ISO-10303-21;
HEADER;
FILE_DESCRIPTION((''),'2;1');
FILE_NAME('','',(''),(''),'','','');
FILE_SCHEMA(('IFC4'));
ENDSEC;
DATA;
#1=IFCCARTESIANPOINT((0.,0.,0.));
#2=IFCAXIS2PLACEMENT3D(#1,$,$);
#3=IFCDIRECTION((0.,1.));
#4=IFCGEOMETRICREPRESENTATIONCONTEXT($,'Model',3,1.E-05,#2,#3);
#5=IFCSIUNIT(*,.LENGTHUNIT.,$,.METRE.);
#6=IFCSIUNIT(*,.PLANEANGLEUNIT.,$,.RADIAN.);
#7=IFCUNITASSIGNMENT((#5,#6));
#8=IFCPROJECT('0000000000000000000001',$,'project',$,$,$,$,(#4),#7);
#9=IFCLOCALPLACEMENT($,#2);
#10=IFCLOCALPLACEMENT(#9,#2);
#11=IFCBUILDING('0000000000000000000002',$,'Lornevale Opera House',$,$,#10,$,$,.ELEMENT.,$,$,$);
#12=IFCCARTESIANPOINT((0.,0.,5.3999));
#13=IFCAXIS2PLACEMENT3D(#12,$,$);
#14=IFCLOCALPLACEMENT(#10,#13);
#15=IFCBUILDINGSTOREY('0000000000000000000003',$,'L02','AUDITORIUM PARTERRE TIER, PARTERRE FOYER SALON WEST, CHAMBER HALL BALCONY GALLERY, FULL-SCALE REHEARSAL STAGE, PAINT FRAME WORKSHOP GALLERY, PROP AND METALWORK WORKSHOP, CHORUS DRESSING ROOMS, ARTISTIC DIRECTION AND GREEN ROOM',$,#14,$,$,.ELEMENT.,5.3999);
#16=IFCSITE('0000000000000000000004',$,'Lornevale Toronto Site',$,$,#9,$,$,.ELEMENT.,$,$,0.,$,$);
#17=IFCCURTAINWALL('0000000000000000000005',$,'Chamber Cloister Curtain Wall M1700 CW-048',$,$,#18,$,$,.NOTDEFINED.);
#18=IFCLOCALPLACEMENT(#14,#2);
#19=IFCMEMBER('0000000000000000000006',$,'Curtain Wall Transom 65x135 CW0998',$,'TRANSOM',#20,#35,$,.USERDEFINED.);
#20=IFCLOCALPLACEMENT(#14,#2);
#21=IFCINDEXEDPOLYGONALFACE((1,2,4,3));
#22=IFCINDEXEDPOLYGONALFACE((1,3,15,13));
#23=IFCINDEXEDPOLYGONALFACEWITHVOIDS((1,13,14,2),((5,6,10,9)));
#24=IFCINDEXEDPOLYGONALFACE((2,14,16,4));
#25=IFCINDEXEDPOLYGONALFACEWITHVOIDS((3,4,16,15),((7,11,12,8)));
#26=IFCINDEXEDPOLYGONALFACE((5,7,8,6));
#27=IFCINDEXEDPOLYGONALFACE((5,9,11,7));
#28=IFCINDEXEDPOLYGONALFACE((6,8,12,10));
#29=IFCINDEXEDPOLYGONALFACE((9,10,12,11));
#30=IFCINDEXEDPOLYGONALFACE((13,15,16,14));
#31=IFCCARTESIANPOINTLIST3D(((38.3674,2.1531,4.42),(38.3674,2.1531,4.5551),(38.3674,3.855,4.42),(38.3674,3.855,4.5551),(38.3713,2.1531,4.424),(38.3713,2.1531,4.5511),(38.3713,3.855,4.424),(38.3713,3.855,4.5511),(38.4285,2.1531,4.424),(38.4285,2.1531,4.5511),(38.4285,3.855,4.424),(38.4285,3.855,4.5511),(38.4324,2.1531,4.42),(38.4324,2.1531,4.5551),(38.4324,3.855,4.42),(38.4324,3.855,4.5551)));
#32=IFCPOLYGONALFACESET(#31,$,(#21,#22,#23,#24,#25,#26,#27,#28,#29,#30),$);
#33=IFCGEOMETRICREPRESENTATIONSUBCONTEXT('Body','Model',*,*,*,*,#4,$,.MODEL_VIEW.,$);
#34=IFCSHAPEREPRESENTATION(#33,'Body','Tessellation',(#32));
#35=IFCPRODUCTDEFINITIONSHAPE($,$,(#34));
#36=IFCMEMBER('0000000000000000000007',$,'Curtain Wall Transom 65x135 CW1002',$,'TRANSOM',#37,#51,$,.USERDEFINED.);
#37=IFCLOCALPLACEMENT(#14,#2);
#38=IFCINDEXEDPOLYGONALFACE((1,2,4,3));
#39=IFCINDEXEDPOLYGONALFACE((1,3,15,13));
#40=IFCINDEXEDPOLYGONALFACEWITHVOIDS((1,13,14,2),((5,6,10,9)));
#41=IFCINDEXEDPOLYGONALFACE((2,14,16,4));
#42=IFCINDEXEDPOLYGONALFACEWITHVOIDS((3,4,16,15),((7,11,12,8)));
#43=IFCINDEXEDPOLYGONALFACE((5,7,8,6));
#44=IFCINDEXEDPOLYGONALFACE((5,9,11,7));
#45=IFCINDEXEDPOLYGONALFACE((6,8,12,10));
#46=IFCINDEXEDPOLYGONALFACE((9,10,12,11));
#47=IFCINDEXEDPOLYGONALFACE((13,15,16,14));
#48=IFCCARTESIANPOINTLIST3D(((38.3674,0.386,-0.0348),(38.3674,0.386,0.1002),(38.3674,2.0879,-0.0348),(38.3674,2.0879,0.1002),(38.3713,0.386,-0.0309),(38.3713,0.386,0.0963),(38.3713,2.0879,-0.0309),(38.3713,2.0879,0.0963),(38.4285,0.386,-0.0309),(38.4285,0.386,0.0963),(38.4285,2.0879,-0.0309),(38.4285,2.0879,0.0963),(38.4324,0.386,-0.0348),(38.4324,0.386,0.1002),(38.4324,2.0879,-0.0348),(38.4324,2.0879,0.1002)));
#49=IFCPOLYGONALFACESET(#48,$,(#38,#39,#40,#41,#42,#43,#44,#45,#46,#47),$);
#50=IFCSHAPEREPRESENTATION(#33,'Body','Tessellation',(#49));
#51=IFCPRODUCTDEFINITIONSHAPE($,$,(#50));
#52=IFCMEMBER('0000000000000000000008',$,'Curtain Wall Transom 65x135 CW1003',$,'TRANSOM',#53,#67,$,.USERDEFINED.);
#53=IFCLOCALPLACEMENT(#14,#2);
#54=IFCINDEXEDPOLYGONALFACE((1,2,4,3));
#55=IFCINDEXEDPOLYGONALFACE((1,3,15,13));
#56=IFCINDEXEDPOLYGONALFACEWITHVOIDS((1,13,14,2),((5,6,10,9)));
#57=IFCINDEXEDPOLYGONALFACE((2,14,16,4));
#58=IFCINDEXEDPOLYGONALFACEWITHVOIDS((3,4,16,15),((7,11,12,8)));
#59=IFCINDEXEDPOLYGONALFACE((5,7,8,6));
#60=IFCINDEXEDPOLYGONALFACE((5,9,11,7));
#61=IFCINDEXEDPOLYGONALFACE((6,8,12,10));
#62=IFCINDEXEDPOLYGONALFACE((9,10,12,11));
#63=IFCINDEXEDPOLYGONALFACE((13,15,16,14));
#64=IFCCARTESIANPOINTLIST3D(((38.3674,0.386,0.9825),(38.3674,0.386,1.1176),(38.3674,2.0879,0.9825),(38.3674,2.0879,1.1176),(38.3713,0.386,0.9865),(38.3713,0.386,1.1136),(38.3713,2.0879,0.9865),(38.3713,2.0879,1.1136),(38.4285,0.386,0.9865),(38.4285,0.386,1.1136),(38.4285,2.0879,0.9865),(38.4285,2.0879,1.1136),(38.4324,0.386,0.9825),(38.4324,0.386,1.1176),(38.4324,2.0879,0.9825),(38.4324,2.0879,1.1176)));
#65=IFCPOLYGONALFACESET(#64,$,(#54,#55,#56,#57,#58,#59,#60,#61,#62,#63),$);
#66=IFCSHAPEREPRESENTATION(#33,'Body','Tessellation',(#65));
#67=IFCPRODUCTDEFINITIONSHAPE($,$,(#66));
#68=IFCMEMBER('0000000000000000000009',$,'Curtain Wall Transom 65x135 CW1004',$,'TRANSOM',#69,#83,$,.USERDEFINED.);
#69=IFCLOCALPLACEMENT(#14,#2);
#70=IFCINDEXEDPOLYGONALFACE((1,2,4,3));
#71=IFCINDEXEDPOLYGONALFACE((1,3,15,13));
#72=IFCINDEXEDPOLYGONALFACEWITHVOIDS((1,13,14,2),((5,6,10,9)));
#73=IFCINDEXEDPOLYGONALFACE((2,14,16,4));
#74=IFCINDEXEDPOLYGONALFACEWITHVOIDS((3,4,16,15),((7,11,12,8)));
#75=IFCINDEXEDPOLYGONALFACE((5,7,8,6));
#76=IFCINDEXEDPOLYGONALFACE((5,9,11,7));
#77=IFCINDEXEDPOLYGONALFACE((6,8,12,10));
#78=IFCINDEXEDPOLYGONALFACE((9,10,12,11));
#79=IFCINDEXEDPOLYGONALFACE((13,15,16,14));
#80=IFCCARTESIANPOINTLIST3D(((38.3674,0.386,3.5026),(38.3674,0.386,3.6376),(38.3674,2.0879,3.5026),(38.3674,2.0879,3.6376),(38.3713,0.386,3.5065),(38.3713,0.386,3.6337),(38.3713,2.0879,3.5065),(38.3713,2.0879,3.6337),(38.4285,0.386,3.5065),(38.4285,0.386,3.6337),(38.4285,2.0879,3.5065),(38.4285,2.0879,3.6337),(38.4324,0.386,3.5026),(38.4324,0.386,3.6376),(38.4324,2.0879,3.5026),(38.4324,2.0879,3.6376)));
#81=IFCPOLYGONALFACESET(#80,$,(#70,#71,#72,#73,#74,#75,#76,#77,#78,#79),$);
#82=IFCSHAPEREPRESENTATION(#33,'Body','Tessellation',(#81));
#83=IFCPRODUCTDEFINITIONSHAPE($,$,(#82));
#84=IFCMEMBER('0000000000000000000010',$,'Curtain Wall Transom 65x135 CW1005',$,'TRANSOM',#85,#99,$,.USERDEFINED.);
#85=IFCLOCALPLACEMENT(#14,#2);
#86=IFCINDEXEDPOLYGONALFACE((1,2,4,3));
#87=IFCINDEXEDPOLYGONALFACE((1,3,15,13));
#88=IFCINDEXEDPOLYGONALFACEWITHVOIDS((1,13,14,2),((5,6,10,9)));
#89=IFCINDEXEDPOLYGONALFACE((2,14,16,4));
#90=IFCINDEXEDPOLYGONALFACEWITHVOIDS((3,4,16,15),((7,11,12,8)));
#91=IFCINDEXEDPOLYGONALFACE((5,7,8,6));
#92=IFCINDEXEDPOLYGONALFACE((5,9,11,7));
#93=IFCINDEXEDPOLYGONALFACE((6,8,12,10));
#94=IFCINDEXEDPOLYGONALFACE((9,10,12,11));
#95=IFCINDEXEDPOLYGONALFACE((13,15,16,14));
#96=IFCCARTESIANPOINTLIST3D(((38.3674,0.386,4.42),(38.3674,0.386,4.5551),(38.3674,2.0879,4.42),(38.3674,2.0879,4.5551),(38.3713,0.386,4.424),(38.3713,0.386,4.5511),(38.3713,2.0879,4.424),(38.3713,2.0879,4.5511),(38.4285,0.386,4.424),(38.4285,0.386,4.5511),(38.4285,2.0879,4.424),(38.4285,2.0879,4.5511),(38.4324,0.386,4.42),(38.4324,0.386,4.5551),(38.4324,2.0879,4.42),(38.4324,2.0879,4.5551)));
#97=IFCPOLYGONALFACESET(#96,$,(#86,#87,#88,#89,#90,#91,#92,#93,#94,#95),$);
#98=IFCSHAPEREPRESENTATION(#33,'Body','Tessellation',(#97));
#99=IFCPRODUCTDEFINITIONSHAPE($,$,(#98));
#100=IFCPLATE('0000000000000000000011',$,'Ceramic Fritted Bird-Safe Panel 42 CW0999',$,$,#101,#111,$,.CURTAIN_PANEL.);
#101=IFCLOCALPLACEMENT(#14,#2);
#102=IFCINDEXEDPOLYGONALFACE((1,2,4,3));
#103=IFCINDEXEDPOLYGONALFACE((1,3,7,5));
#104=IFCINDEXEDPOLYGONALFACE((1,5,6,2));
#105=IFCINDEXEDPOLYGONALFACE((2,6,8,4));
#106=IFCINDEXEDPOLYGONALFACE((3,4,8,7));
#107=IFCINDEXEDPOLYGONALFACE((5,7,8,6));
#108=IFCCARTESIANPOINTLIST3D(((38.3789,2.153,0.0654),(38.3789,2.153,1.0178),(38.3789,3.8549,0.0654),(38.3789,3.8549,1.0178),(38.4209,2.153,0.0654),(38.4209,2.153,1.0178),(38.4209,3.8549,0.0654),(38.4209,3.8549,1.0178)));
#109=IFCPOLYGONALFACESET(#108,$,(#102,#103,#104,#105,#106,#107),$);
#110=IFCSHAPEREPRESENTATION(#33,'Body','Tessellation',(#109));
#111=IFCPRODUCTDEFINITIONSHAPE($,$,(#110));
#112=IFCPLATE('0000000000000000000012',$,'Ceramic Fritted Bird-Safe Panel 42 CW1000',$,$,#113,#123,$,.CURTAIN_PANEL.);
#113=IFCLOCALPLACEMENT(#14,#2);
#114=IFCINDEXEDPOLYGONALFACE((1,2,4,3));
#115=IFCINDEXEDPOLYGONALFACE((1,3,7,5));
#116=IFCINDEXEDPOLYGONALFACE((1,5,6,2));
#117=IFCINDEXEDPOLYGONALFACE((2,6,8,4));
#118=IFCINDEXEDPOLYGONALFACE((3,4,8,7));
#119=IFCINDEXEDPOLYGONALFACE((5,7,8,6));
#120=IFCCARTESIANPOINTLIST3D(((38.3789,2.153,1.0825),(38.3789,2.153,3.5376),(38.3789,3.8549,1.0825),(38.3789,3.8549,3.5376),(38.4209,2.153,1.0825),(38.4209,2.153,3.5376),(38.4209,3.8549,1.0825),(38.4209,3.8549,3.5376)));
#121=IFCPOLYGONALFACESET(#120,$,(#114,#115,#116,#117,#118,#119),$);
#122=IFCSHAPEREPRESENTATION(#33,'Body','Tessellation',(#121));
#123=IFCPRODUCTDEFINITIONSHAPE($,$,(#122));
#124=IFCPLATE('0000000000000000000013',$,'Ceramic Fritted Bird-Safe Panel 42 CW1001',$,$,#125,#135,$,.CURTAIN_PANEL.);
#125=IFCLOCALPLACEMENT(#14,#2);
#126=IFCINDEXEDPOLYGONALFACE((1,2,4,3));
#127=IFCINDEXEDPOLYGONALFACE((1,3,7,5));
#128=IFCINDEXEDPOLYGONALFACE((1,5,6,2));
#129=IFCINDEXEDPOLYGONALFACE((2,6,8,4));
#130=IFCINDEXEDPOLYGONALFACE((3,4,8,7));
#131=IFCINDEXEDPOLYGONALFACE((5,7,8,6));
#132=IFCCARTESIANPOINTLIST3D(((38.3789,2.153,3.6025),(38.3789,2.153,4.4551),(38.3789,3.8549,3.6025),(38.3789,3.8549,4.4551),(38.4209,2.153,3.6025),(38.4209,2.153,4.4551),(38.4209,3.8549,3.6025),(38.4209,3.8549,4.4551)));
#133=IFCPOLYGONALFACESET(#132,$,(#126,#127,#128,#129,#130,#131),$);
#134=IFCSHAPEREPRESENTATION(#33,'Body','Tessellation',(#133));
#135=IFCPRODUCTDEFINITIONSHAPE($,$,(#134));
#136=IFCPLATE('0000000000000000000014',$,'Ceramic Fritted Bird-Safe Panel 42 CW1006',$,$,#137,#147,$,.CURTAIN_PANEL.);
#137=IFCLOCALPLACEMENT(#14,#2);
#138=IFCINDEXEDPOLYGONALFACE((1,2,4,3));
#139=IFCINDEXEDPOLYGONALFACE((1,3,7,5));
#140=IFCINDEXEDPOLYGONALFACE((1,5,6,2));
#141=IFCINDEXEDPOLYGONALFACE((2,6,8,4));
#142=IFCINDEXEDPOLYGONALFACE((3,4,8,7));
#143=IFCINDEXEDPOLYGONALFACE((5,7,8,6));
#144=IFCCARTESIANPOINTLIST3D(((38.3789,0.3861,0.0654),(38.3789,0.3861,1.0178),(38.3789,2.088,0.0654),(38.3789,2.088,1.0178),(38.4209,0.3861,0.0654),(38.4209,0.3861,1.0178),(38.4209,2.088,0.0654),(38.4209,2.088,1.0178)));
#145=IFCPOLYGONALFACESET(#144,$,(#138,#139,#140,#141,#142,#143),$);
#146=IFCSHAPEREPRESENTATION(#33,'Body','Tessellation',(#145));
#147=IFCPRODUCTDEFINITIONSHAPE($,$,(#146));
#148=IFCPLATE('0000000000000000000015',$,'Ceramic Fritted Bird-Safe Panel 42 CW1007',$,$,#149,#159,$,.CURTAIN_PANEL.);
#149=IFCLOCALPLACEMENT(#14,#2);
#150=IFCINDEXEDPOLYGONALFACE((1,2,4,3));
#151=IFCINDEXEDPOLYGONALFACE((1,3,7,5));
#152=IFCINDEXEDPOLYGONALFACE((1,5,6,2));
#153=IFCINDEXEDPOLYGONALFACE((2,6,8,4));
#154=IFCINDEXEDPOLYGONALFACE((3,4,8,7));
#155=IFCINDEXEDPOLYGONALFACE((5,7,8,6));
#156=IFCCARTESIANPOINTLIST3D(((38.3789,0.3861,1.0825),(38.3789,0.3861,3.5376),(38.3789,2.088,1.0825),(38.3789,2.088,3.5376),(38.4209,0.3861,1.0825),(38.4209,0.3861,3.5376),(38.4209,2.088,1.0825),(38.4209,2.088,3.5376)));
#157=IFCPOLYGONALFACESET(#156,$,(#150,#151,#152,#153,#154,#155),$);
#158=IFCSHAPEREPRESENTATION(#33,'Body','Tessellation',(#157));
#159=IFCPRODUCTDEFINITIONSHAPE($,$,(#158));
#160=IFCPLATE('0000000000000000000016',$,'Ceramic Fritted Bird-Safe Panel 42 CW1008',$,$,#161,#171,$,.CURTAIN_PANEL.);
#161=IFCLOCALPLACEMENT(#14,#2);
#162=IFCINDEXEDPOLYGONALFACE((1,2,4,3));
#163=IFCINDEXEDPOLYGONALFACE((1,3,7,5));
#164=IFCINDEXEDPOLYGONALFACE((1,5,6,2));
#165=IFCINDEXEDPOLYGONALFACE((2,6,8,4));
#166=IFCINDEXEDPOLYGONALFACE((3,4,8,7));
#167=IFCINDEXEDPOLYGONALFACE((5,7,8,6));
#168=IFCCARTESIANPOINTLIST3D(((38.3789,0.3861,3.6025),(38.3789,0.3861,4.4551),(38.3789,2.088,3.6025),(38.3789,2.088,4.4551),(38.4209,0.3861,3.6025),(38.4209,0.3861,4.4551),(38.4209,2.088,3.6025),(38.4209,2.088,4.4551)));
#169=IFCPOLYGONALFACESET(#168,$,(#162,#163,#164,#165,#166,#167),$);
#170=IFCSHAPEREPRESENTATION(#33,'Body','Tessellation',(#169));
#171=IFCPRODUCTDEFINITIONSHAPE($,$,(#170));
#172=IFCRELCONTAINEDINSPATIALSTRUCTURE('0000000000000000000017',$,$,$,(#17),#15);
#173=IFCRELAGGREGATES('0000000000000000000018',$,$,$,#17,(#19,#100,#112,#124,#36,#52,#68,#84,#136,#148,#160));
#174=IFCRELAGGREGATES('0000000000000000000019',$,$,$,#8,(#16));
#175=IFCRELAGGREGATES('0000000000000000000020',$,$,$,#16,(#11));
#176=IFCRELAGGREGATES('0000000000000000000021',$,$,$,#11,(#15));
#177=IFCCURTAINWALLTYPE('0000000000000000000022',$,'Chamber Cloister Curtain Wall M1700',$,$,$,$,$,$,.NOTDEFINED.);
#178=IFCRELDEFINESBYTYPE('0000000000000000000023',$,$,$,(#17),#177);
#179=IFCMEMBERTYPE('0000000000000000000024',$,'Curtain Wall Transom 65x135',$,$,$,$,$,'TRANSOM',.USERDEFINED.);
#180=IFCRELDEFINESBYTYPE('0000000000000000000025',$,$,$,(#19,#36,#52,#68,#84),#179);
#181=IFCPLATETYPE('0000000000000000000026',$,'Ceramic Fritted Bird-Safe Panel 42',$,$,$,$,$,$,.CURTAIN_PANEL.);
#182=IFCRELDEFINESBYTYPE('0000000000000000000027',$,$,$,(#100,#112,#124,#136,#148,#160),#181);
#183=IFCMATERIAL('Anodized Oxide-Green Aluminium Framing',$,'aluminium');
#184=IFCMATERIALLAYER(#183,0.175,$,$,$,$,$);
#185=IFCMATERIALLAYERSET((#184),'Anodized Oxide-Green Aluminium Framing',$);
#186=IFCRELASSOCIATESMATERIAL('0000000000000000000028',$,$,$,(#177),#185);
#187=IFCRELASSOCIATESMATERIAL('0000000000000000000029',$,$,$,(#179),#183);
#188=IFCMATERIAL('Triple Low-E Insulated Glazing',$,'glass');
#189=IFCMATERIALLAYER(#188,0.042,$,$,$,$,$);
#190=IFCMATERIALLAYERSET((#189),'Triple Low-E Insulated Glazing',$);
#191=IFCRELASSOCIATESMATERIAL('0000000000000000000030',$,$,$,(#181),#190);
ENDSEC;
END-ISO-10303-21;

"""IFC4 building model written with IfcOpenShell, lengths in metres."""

from ifc_helpers import new_model, si_unit, direction, frame, origin, origin_2d, place, context, subcontext, project, spatial, rectangle, hollow_rectangle, extrude, material, layer, layer_set, material_profile, profile_set, type_object, element, aggregate, save


model = new_model("IFC4")

# Units and contexts
model_context = context("Model", 3, precision=1e-05, world=origin(), true_north=direction((0.0, 1.0)))
body_context = subcontext(model_context, "Body", "Model", "MODEL_VIEW")
ifc_project = project(units=[si_unit("LENGTHUNIT", "METRE"), si_unit("PLANEANGLEUNIT", "RADIAN")], contexts=[model_context])

# Site, building, storey
site_placement = place(None, origin())
site = spatial("IfcSite", under=ifc_project, at=site_placement, Name="Lornevale Toronto Site", CompositionType="ELEMENT", RefElevation=0.0)
building_placement = place(site_placement, origin())
building = spatial("IfcBuilding", under=site, at=building_placement, Name="Lornevale Opera House", CompositionType="ELEMENT")
storey_placement = place(building_placement, frame((0.0, 0.0, 5.3999)))
storey = spatial("IfcBuildingStorey", under=building, at=storey_placement, Name="L02", Description="AUDITORIUM PARTERRE TIER, PARTERRE FOYER SALON WEST, CHAMBER HALL BALCONY GALLERY, FULL-SCALE REHEARSAL STAGE, PAINT FRAME WORKSHOP GALLERY, PROP AND METALWORK WORKSHOP, CHORUS DRESSING ROOMS, ARTISTIC DIRECTION AND GREEN ROOM", CompositionType="ELEMENT", Elevation=5.3999)

# Shared definitions
ifc_material_1 = material(Name="Anodized Oxide-Green Aluminium Framing", Category="aluminium")
ifc_layer_1 = layer(ifc_material_1, 0.175)
ifc_layer_set_1 = layer_set([ifc_layer_1], Name="Anodized Oxide-Green Aluminium Framing")
curtain_wall_type = type_object("IfcCurtainWallType", Name="Chamber Cloister Curtain Wall M1700", PredefinedType="NOTDEFINED", material=ifc_layer_set_1)

# Curtain wall
curtain_wall_1_placement = place(storey_placement, origin())
curtain_wall_1 = element("IfcCurtainWall", 1, at=curtain_wall_1_placement, inside=storey, type_object=curtain_wall_type, Name="Chamber Cloister Curtain Wall M1700 CW-048", PredefinedType="NOTDEFINED")

# Members
ifc_material_profile_1 = material_profile(ifc_material_1, hollow_rectangle(XDim=0.0649, YDim=0.135, WallThickness=0.0039, at=origin_2d()), Name="ALU65x135x4")
ifc_profile_set_1 = profile_set([ifc_material_profile_1], Name="Anodized Oxide-Green Aluminium Framing")
member_type_1 = type_object("IfcMemberType", Name="Curtain Wall Transom 65x135", ElementType="TRANSOM", PredefinedType="USERDEFINED", material=ifc_profile_set_1)
member_1_placement = place(storey_placement, frame((38.3999, 3.855, 4.4875), z_axis=(0.0, -1.0, 0.0), x_axis=(1.0, 0.0, 0.0)))
member_1 = element("IfcMember", 2, at=member_1_placement, type_object=member_type_1, Name="Curtain Wall Transom 65x135 CW0998", ObjectType="TRANSOM", PredefinedType="USERDEFINED", context=body_context, shape_type="SweptSolid", body=[
    extrude(hollow_rectangle(XDim=0.0649, YDim=0.135, WallThickness=0.0039, at=origin_2d()), origin(), (0.0, 0.0, 1.0), 1.7019),
])
member_2_placement = place(storey_placement, frame((38.3999, 2.0879, 0.0327), z_axis=(0.0, -1.0, 0.0), x_axis=(1.0, 0.0, 0.0)))
member_2 = element("IfcMember", 3, at=member_2_placement, type_object=member_type_1, Name="Curtain Wall Transom 65x135 CW1002", ObjectType="TRANSOM", PredefinedType="USERDEFINED", context=body_context, shape_type="SweptSolid", body=[
    extrude(hollow_rectangle(XDim=0.0649, YDim=0.135, WallThickness=0.0039, at=origin_2d()), origin(), (0.0, 0.0, 1.0), 1.7019),
])
member_3_placement = place(storey_placement, frame((38.3999, 2.0879, 1.05), z_axis=(0.0, -1.0, 0.0), x_axis=(1.0, 0.0, 0.0)))
member_3 = element("IfcMember", 4, at=member_3_placement, type_object=member_type_1, Name="Curtain Wall Transom 65x135 CW1003", ObjectType="TRANSOM", PredefinedType="USERDEFINED", context=body_context, shape_type="SweptSolid", body=[
    extrude(hollow_rectangle(XDim=0.0649, YDim=0.135, WallThickness=0.0039, at=origin_2d()), origin(), (0.0, 0.0, 1.0), 1.7019),
])
member_4_placement = place(storey_placement, frame((38.3999, 2.0879, 3.5701), z_axis=(0.0, -1.0, 0.0), x_axis=(1.0, 0.0, 0.0)))
member_4 = element("IfcMember", 5, at=member_4_placement, type_object=member_type_1, Name="Curtain Wall Transom 65x135 CW1004", ObjectType="TRANSOM", PredefinedType="USERDEFINED", context=body_context, shape_type="SweptSolid", body=[
    extrude(hollow_rectangle(XDim=0.0649, YDim=0.135, WallThickness=0.0039, at=origin_2d()), origin(), (0.0, 0.0, 1.0), 1.7019),
])
member_5_placement = place(storey_placement, frame((38.3999, 2.0879, 4.4875), z_axis=(0.0, -1.0, 0.0), x_axis=(1.0, 0.0, 0.0)))
member_5 = element("IfcMember", 6, at=member_5_placement, type_object=member_type_1, Name="Curtain Wall Transom 65x135 CW1005", ObjectType="TRANSOM", PredefinedType="USERDEFINED", context=body_context, shape_type="SweptSolid", body=[
    extrude(hollow_rectangle(XDim=0.0649, YDim=0.135, WallThickness=0.0039, at=origin_2d()), origin(), (0.0, 0.0, 1.0), 1.7019),
])

# Plates
ifc_material_2 = material(Name="Triple Low-E Insulated Glazing", Category="glass")
ifc_layer_2 = layer(ifc_material_2, 0.042)
ifc_layer_set_2 = layer_set([ifc_layer_2], Name="Triple Low-E Insulated Glazing")
plate_type = type_object("IfcPlateType", Name="Ceramic Fritted Bird-Safe Panel 42", PredefinedType="CURTAIN_PANEL", material=ifc_layer_set_2)
plate_1_placement = place(storey_placement, frame((38.3999, 3.0039, 0.0654), z_axis=(0.0, 0.0, 1.0), x_axis=(0.0, -1.0, 0.0)))
plate_1 = element("IfcPlate", 7, at=plate_1_placement, type_object=plate_type, Name="Ceramic Fritted Bird-Safe Panel 42 CW0999", PredefinedType="CURTAIN_PANEL", context=body_context, shape_type="SweptSolid", body=[
    extrude(rectangle(XDim=1.7019, YDim=0.042, at=origin_2d()), origin(), (0.0, 0.0, 1.0), 0.9524),
])
plate_2_placement = place(storey_placement, frame((38.3999, 3.0039, 1.0825), z_axis=(0.0, 0.0, 1.0), x_axis=(0.0, -1.0, 0.0)))
plate_2 = element("IfcPlate", 8, at=plate_2_placement, type_object=plate_type, Name="Ceramic Fritted Bird-Safe Panel 42 CW1000", PredefinedType="CURTAIN_PANEL", context=body_context, shape_type="SweptSolid", body=[
    extrude(rectangle(XDim=1.7019, YDim=0.042, at=origin_2d()), origin(), (0.0, 0.0, 1.0), 2.4551),
])
plate_3_placement = place(storey_placement, frame((38.3999, 3.0039, 3.6025), z_axis=(0.0, 0.0, 1.0), x_axis=(0.0, -1.0, 0.0)))
plate_3 = element("IfcPlate", 9, at=plate_3_placement, type_object=plate_type, Name="Ceramic Fritted Bird-Safe Panel 42 CW1001", PredefinedType="CURTAIN_PANEL", context=body_context, shape_type="SweptSolid", body=[
    extrude(rectangle(XDim=1.7019, YDim=0.042, at=origin_2d()), origin(), (0.0, 0.0, 1.0), 0.8525),
])
plate_4_placement = place(storey_placement, frame((38.3999, 1.2371, 0.0654), z_axis=(0.0, 0.0, 1.0), x_axis=(0.0, -1.0, 0.0)))
plate_4 = element("IfcPlate", 10, at=plate_4_placement, type_object=plate_type, Name="Ceramic Fritted Bird-Safe Panel 42 CW1006", PredefinedType="CURTAIN_PANEL", context=body_context, shape_type="SweptSolid", body=[
    extrude(rectangle(XDim=1.7019, YDim=0.042, at=origin_2d()), origin(), (0.0, 0.0, 1.0), 0.9524),
])
plate_5_placement = place(storey_placement, frame((38.3999, 1.2371, 1.0825), z_axis=(0.0, 0.0, 1.0), x_axis=(0.0, -1.0, 0.0)))
plate_5 = element("IfcPlate", 11, at=plate_5_placement, type_object=plate_type, Name="Ceramic Fritted Bird-Safe Panel 42 CW1007", PredefinedType="CURTAIN_PANEL", context=body_context, shape_type="SweptSolid", body=[
    extrude(rectangle(XDim=1.7019, YDim=0.042, at=origin_2d()), origin(), (0.0, 0.0, 1.0), 2.4551),
])
plate_6_placement = place(storey_placement, frame((38.3999, 1.2371, 3.6025), z_axis=(0.0, 0.0, 1.0), x_axis=(0.0, -1.0, 0.0)))
plate_6 = element("IfcPlate", 12, at=plate_6_placement, type_object=plate_type, Name="Ceramic Fritted Bird-Safe Panel 42 CW1008", PredefinedType="CURTAIN_PANEL", context=body_context, shape_type="SweptSolid", body=[
    extrude(rectangle(XDim=1.7019, YDim=0.042, at=origin_2d()), origin(), (0.0, 0.0, 1.0), 0.8525),
])
aggregate(curtain_wall_1, [member_1, plate_1, plate_2, plate_3, member_2, member_3, member_4, member_5, plate_4, plate_5, plate_6])

save(model, "model.ifc")
